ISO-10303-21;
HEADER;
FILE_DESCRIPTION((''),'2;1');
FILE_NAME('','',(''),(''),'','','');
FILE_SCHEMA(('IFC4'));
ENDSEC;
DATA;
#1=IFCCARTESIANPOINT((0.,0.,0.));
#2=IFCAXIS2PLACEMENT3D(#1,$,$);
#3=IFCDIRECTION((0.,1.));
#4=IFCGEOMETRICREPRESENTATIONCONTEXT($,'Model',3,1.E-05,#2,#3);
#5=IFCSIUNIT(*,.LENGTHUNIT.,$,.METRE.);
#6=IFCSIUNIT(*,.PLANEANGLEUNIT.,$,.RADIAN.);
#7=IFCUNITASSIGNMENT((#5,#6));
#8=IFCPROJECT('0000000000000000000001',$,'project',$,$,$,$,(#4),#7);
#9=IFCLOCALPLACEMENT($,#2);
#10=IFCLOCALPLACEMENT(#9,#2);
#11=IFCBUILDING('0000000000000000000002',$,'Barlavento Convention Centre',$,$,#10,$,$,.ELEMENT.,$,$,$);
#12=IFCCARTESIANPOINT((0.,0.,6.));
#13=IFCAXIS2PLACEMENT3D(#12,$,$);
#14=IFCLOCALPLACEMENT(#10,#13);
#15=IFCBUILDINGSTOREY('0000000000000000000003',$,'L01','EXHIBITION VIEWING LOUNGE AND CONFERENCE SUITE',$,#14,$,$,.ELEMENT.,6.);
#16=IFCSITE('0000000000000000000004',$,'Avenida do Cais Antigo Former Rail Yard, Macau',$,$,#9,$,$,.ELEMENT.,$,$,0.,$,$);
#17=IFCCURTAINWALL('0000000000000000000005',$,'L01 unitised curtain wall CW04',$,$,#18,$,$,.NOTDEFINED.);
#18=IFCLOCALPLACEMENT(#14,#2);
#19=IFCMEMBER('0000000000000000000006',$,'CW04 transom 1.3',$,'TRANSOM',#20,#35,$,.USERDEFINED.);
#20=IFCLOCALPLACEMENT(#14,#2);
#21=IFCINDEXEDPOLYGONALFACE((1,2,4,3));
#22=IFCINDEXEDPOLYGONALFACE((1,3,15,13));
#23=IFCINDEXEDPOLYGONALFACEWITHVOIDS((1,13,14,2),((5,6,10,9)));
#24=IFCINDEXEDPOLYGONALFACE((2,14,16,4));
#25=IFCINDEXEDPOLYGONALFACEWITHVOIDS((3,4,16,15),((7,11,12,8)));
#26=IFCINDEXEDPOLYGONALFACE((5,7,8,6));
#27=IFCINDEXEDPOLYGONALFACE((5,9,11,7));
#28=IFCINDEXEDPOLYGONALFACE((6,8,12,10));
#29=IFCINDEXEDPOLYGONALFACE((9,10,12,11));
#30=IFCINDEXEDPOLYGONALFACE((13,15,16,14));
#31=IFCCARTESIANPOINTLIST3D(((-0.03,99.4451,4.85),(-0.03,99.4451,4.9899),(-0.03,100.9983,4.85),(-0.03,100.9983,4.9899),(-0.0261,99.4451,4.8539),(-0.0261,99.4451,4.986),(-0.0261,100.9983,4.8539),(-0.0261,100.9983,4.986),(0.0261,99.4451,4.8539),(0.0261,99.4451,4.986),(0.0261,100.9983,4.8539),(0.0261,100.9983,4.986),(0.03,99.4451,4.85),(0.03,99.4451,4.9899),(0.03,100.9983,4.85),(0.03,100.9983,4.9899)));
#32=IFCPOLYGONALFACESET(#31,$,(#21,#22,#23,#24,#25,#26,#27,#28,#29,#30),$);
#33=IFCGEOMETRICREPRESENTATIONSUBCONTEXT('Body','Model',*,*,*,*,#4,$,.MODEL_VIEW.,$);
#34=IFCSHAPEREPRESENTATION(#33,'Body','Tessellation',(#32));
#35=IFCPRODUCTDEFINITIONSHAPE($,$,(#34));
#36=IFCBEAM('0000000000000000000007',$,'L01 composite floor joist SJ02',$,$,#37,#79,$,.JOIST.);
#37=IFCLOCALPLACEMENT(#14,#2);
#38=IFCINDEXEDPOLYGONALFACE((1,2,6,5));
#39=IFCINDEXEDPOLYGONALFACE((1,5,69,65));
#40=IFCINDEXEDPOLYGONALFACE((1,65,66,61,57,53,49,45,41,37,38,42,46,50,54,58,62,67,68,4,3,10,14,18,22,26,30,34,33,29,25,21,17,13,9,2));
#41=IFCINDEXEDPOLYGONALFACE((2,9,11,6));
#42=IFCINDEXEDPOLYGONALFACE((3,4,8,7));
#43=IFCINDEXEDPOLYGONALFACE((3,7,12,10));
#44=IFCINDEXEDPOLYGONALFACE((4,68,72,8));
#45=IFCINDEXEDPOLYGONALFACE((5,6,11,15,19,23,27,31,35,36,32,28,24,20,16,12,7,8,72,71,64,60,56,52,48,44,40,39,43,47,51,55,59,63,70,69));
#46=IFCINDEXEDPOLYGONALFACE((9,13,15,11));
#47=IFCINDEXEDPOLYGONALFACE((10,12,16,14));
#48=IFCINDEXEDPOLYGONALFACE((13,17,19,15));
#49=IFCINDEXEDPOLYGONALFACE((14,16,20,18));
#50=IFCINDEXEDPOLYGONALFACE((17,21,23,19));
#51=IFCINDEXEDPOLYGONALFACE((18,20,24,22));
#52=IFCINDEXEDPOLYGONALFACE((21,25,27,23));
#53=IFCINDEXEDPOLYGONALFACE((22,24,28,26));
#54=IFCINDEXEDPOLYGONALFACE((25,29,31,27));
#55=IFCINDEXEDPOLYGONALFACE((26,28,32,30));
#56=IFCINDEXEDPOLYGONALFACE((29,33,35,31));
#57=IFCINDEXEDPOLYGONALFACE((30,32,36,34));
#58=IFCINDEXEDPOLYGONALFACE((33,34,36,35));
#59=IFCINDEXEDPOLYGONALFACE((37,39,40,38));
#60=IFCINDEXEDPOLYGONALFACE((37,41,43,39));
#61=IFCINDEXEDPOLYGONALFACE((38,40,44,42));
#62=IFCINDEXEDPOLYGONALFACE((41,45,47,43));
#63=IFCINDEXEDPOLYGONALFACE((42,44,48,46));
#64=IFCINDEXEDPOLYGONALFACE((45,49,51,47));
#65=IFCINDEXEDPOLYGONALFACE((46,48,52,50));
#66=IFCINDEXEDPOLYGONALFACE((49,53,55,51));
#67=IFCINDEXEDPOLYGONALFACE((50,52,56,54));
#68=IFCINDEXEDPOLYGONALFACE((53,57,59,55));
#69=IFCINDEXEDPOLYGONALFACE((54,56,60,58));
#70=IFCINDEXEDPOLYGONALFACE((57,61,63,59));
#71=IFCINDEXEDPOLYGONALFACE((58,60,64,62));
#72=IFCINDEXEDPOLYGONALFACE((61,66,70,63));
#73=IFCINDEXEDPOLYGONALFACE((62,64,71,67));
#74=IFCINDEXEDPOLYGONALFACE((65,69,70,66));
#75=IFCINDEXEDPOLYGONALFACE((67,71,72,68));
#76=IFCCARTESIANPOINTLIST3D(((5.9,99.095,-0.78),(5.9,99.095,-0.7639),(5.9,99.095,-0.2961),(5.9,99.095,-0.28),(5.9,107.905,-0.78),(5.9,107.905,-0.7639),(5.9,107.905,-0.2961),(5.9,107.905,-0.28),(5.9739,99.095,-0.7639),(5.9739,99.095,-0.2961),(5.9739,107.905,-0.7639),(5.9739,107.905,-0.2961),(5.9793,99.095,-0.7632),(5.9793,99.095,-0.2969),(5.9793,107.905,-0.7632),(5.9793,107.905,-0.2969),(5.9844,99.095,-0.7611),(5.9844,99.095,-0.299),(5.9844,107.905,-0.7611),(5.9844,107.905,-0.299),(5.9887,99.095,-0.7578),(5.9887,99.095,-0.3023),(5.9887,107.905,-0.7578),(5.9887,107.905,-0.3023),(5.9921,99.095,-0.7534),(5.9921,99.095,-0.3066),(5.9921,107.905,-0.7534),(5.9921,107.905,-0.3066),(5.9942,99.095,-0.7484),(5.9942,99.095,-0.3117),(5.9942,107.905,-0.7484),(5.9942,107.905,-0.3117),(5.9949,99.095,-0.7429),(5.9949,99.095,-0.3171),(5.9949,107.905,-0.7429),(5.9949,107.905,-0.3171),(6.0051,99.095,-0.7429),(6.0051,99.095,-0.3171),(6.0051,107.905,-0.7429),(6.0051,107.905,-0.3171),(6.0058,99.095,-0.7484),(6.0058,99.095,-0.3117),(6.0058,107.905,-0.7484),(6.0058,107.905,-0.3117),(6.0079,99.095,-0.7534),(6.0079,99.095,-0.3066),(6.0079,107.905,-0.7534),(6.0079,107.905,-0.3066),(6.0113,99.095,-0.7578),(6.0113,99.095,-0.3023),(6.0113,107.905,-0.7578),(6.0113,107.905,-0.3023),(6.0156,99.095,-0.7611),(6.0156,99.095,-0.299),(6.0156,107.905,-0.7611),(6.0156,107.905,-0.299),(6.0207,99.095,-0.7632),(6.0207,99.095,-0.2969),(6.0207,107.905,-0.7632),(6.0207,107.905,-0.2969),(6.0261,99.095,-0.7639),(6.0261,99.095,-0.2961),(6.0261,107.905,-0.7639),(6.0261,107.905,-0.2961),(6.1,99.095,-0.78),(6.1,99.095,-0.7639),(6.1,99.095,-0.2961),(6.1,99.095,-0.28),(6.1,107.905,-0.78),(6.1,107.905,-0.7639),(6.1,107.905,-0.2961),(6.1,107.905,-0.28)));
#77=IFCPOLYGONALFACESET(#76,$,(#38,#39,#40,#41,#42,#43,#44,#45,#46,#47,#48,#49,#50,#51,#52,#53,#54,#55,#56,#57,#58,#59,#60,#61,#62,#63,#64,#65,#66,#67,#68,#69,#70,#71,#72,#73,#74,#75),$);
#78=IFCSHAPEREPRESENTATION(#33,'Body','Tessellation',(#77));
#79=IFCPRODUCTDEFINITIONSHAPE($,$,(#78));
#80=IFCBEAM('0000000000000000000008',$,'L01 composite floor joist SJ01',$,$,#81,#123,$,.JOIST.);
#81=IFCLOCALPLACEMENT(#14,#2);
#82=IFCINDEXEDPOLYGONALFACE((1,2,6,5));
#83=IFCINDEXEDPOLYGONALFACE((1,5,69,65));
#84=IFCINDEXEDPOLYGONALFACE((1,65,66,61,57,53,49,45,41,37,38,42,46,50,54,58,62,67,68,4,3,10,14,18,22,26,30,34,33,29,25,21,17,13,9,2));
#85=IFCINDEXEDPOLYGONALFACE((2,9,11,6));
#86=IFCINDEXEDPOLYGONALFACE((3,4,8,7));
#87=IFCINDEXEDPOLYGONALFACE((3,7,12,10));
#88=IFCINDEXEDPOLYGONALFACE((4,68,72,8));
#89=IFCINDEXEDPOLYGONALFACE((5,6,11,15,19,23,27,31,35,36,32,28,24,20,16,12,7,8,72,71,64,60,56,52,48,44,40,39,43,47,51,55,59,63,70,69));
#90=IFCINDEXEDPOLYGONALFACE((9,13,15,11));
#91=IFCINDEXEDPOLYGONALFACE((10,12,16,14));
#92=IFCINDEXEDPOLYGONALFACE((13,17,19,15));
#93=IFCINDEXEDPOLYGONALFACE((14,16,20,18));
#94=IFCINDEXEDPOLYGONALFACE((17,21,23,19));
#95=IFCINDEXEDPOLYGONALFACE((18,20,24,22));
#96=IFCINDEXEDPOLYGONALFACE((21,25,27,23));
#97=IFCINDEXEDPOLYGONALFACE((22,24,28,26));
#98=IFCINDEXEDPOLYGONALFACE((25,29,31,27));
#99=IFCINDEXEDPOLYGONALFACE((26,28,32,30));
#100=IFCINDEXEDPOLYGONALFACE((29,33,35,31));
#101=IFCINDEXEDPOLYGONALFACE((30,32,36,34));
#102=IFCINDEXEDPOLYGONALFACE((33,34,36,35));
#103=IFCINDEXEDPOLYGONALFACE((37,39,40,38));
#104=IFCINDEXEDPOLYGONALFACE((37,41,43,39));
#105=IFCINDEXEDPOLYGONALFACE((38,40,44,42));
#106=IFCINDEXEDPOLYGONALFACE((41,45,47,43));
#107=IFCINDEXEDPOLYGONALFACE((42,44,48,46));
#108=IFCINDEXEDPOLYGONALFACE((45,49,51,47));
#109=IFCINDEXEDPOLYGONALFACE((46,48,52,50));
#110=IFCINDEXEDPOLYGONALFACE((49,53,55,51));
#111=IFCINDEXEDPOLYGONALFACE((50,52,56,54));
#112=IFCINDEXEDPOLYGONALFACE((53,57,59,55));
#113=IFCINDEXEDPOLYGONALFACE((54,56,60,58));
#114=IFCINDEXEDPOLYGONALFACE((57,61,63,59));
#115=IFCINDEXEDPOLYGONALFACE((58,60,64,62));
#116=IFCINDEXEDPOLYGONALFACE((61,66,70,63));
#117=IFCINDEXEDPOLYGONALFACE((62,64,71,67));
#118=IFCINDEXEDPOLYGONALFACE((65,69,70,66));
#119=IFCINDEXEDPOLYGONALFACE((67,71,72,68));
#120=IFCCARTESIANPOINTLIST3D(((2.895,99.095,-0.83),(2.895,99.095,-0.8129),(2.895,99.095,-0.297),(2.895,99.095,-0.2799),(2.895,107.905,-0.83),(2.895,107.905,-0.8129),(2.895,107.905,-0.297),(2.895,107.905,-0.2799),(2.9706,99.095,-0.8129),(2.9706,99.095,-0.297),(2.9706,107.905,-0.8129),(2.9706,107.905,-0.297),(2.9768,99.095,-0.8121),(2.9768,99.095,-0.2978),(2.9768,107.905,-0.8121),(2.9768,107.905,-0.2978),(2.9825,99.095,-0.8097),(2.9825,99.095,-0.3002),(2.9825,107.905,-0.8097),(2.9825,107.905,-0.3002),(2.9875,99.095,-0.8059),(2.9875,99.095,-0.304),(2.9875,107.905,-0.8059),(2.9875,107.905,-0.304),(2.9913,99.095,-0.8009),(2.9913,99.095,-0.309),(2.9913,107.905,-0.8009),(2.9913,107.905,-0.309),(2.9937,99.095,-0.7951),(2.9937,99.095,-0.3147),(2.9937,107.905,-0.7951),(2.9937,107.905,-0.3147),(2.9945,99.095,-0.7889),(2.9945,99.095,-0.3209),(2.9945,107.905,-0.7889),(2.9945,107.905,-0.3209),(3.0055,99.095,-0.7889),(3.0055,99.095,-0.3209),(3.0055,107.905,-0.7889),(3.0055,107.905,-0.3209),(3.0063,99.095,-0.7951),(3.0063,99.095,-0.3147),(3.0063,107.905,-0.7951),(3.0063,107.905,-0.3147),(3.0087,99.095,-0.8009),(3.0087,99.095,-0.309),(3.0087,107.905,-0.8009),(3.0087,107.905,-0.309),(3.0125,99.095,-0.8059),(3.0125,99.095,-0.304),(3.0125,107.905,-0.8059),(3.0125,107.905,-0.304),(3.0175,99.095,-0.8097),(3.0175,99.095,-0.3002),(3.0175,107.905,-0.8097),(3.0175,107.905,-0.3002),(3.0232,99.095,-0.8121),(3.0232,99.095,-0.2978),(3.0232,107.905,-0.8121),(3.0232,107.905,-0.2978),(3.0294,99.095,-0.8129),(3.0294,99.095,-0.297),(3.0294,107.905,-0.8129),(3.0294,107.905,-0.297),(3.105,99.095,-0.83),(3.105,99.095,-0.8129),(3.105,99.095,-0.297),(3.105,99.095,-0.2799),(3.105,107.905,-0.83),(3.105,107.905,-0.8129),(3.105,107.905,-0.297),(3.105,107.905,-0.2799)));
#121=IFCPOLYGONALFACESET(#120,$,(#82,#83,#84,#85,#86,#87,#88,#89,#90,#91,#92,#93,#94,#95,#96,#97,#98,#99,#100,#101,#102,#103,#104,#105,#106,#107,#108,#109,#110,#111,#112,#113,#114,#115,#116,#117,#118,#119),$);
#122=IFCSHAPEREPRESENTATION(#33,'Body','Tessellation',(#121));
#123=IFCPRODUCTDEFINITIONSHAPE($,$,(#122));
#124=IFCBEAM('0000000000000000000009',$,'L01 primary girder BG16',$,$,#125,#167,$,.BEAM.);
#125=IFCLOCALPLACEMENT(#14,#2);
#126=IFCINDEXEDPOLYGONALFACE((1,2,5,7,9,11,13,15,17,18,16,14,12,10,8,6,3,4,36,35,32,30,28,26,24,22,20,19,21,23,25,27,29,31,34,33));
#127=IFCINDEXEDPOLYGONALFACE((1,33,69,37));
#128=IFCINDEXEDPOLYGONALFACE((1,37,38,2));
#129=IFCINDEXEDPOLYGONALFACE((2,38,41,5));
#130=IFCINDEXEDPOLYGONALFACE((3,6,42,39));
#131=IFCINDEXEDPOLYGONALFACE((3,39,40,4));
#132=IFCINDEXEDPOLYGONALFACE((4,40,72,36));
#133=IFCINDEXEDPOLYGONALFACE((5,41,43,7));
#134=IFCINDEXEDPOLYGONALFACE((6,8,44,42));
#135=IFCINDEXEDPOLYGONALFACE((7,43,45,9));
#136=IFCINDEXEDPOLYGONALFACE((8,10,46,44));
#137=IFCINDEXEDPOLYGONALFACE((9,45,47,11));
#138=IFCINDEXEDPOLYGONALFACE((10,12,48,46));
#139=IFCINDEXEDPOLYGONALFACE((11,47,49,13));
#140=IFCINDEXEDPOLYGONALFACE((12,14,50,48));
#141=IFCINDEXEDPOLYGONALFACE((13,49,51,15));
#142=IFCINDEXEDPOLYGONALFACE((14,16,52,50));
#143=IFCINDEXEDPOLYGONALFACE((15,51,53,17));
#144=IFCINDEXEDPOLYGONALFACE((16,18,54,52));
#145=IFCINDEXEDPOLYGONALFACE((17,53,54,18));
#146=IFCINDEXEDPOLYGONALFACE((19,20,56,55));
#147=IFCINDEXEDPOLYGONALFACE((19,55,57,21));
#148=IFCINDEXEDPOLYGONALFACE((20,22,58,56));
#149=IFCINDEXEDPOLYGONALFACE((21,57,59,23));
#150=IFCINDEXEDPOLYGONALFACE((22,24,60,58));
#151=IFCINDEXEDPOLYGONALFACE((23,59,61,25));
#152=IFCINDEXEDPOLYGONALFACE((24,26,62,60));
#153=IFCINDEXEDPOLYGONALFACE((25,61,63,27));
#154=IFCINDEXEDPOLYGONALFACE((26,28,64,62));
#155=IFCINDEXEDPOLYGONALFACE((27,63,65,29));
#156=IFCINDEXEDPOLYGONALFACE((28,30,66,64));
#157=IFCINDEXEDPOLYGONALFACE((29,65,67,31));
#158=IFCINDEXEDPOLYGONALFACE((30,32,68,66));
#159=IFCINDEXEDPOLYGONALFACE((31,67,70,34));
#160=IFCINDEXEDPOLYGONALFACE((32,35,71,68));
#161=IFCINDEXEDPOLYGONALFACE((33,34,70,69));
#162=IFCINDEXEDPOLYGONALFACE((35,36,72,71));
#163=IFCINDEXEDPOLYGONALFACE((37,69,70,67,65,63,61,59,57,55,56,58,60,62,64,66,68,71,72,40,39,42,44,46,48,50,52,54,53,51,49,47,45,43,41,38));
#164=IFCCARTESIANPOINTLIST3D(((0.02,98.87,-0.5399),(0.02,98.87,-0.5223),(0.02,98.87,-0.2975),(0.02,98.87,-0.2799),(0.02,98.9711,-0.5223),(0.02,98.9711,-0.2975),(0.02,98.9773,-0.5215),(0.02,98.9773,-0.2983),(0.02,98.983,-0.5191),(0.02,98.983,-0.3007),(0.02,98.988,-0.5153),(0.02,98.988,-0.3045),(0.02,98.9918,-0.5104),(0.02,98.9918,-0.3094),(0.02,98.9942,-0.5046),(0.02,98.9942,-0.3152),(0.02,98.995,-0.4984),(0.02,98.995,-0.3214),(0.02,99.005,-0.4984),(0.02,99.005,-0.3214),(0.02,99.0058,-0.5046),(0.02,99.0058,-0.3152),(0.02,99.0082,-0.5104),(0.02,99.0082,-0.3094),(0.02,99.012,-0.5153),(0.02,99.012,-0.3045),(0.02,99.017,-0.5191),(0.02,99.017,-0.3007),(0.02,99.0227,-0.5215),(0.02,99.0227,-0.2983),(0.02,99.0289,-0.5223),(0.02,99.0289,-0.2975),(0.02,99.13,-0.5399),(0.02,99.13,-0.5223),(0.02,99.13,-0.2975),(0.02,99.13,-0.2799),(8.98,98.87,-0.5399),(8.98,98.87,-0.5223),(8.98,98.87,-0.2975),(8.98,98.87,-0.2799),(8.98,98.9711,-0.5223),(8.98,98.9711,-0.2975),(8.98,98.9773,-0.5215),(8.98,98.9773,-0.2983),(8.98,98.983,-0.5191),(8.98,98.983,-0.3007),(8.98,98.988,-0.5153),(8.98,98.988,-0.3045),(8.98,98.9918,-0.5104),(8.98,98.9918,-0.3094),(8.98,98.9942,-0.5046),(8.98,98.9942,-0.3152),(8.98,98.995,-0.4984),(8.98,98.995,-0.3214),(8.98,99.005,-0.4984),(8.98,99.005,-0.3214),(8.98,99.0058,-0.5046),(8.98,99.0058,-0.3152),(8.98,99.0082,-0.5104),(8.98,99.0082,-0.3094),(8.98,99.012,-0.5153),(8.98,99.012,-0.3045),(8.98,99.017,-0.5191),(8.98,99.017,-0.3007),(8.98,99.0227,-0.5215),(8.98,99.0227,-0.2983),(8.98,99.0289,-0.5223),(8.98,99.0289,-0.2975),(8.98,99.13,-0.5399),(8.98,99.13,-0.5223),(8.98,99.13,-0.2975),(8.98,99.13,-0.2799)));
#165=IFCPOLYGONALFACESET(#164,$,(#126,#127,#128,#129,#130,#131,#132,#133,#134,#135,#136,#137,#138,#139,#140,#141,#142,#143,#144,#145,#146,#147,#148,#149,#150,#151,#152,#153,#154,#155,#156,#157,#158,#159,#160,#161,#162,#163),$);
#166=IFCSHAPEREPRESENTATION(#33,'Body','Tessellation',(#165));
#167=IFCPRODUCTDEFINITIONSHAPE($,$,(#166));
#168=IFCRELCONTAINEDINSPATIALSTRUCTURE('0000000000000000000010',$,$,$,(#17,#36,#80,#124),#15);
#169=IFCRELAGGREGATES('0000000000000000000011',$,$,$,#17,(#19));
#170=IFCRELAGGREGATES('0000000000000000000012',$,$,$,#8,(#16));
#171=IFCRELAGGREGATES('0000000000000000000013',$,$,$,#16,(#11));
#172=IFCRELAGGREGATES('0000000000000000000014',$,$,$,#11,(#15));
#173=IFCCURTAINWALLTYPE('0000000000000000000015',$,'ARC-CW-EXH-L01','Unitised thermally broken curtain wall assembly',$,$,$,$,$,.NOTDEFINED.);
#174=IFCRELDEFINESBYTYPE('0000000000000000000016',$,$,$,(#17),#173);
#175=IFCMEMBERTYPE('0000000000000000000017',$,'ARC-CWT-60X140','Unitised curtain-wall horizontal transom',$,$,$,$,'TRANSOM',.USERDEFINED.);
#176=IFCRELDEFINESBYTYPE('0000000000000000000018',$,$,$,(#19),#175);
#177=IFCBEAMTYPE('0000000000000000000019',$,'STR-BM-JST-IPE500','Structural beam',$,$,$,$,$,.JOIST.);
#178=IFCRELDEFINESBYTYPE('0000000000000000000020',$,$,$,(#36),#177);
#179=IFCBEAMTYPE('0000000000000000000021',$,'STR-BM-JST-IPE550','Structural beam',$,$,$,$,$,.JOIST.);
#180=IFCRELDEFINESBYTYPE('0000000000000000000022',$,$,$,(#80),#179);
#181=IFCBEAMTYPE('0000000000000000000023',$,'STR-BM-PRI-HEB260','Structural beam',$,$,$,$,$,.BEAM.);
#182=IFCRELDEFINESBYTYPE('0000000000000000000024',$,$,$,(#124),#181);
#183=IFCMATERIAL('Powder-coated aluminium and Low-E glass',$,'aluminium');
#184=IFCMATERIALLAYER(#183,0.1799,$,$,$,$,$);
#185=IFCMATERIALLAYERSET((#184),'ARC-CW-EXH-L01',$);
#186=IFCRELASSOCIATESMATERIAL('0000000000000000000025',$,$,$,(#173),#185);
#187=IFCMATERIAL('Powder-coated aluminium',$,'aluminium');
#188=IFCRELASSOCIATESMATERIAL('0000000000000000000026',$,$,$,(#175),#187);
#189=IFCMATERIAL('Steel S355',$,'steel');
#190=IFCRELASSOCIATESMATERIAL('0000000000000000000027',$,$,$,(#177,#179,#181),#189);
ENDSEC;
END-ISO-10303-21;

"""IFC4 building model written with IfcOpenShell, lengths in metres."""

from ifc_helpers import new_model, si_unit, direction, frame, origin, origin_2d, place, context, subcontext, project, spatial, hollow_rectangle, i_section, extrude, material, layer, layer_set, material_profile, profile_set, type_object, element, aggregate, save


model = new_model("IFC4")

# Units and contexts
model_context = context("Model", 3, precision=1e-05, world=origin(), true_north=direction((0.0, 1.0)))
body_context = subcontext(model_context, "Body", "Model", "MODEL_VIEW")
ifc_project = project(units=[si_unit("LENGTHUNIT", "METRE"), si_unit("PLANEANGLEUNIT", "RADIAN")], contexts=[model_context])

# Site, building, storey
site_placement = place(None, origin())
site = spatial("IfcSite", under=ifc_project, at=site_placement, Name="Avenida do Cais Antigo Former Rail Yard, Macau", CompositionType="ELEMENT", RefElevation=0.0)
building_placement = place(site_placement, origin())
building = spatial("IfcBuilding", under=site, at=building_placement, Name="Barlavento Convention Centre", CompositionType="ELEMENT")
storey_placement = place(building_placement, frame((0.0, 0.0, 6.0)))
storey = spatial("IfcBuildingStorey", under=building, at=storey_placement, Name="L01", Description="EXHIBITION VIEWING LOUNGE AND CONFERENCE SUITE", CompositionType="ELEMENT", Elevation=6.0)

# Shared definitions
ifc_material_1 = material(Name="Steel S355", Category="steel")

# Curtain wall
ifc_material_2 = material(Name="Powder-coated aluminium and Low-E glass", Category="aluminium")
ifc_layer_1 = layer(ifc_material_2, 0.1799)
ifc_layer_set_1 = layer_set([ifc_layer_1], Name="ARC-CW-EXH-L01")
curtain_wall_type = type_object("IfcCurtainWallType", Name="ARC-CW-EXH-L01", Description="Unitised thermally broken curtain wall assembly", PredefinedType="NOTDEFINED", material=ifc_layer_set_1)
ifc_material_3 = material(Name="Powder-coated aluminium", Category="aluminium")
curtain_wall_1_placement = place(storey_placement, origin())
curtain_wall_1 = element("IfcCurtainWall", 1, at=curtain_wall_1_placement, inside=storey, type_object=curtain_wall_type, Name="L01 unitised curtain wall CW04", PredefinedType="NOTDEFINED")

# Member
ifc_material_profile_1 = material_profile(ifc_material_3, hollow_rectangle(XDim=0.0601, YDim=0.1399, WallThickness=0.0039, at=origin_2d()), Name="AL-TRAN 60x140x4")
ifc_profile_set_1 = profile_set([ifc_material_profile_1], Name="Powder-coated aluminium")
member_type_1 = type_object("IfcMemberType", Name="ARC-CWT-60X140", Description="Unitised curtain-wall horizontal transom", ElementType="TRANSOM", PredefinedType="USERDEFINED", material=ifc_profile_set_1)
member_1_placement = place(storey_placement, frame((0.0, 99.4451, 4.9199), z_axis=(0.0, 1.0, 0.0), x_axis=(-1.0, 0.0, 0.0)))
member_1 = element("IfcMember", 2, at=member_1_placement, type_object=member_type_1, Name="CW04 transom 1.3", ObjectType="TRANSOM", PredefinedType="USERDEFINED", context=body_context, shape_type="SweptSolid", body=[
    extrude(hollow_rectangle(XDim=0.0601, YDim=0.1399, WallThickness=0.0039, at=origin_2d()), origin(), (0.0, 0.0, 1.0), 1.5532),
])

# Beams
ifc_material_profile_2 = material_profile(ifc_material_1, i_section(OverallWidth=0.2, OverallDepth=0.5, WebThickness=0.0103, FlangeThickness=0.0161, FilletRadius=0.021, at=origin_2d()), Name="IPE 500")
ifc_profile_set_2 = profile_set([ifc_material_profile_2], Name="Steel S355")
beam_type_1 = type_object("IfcBeamType", Name="STR-BM-JST-IPE500", Description="Structural beam", PredefinedType="JOIST", material=ifc_profile_set_2)
beam_1_placement = place(storey_placement, frame((6.0, 99.095, -0.53), z_axis=(0.0, 1.0, 0.0), x_axis=(-1.0, 0.0, 0.0)))
element("IfcBeam", 3, at=beam_1_placement, inside=storey, type_object=beam_type_1, Name="L01 composite floor joist SJ02", PredefinedType="JOIST", context=body_context, shape_type="SweptSolid", body=[
    extrude(i_section(OverallWidth=0.2, OverallDepth=0.5, WebThickness=0.0103, FlangeThickness=0.0161, FilletRadius=0.021, at=origin_2d()), origin(), (0.0, 0.0, 1.0), 8.8101),
])
ifc_material_profile_3 = material_profile(ifc_material_1, i_section(OverallWidth=0.21, OverallDepth=0.55, WebThickness=0.011, FlangeThickness=0.0171, FilletRadius=0.0239, at=origin_2d()), Name="IPE 550")
ifc_profile_set_3 = profile_set([ifc_material_profile_3], Name="Steel S355")
beam_type_2 = type_object("IfcBeamType", Name="STR-BM-JST-IPE550", Description="Structural beam", PredefinedType="JOIST", material=ifc_profile_set_3)
beam_2_placement = place(storey_placement, frame((3.0, 99.095, -0.5549), z_axis=(0.0, 1.0, 0.0), x_axis=(-1.0, 0.0, 0.0)))
element("IfcBeam", 4, at=beam_2_placement, inside=storey, type_object=beam_type_2, Name="L01 composite floor joist SJ01", PredefinedType="JOIST", context=body_context, shape_type="SweptSolid", body=[
    extrude(i_section(OverallWidth=0.21, OverallDepth=0.55, WebThickness=0.011, FlangeThickness=0.0171, FilletRadius=0.0239, at=origin_2d()), origin(), (0.0, 0.0, 1.0), 8.8101),
])
ifc_material_profile_4 = material_profile(ifc_material_1, i_section(OverallWidth=0.26, OverallDepth=0.26, WebThickness=0.01, FlangeThickness=0.0176, FilletRadius=0.0239, at=origin_2d()), Name="HEB 260")
ifc_profile_set_4 = profile_set([ifc_material_profile_4], Name="Steel S355")
beam_type_3 = type_object("IfcBeamType", Name="STR-BM-PRI-HEB260", Description="Structural beam", PredefinedType="BEAM", material=ifc_profile_set_4)
beam_3_placement = place(storey_placement, frame((0.02, 99.0, -0.4099), z_axis=(1.0, 0.0, 0.0), x_axis=(0.0, 1.0, 0.0)))
element("IfcBeam", 5, at=beam_3_placement, inside=storey, type_object=beam_type_3, Name="L01 primary girder BG16", PredefinedType="BEAM", context=body_context, shape_type="SweptSolid", body=[
    extrude(i_section(OverallWidth=0.26, OverallDepth=0.26, WebThickness=0.01, FlangeThickness=0.0176, FilletRadius=0.0239, at=origin_2d()), origin(), (0.0, 0.0, 1.0), 8.96),
])

aggregate(curtain_wall_1, [member_1])

save(model, "model.ifc")
